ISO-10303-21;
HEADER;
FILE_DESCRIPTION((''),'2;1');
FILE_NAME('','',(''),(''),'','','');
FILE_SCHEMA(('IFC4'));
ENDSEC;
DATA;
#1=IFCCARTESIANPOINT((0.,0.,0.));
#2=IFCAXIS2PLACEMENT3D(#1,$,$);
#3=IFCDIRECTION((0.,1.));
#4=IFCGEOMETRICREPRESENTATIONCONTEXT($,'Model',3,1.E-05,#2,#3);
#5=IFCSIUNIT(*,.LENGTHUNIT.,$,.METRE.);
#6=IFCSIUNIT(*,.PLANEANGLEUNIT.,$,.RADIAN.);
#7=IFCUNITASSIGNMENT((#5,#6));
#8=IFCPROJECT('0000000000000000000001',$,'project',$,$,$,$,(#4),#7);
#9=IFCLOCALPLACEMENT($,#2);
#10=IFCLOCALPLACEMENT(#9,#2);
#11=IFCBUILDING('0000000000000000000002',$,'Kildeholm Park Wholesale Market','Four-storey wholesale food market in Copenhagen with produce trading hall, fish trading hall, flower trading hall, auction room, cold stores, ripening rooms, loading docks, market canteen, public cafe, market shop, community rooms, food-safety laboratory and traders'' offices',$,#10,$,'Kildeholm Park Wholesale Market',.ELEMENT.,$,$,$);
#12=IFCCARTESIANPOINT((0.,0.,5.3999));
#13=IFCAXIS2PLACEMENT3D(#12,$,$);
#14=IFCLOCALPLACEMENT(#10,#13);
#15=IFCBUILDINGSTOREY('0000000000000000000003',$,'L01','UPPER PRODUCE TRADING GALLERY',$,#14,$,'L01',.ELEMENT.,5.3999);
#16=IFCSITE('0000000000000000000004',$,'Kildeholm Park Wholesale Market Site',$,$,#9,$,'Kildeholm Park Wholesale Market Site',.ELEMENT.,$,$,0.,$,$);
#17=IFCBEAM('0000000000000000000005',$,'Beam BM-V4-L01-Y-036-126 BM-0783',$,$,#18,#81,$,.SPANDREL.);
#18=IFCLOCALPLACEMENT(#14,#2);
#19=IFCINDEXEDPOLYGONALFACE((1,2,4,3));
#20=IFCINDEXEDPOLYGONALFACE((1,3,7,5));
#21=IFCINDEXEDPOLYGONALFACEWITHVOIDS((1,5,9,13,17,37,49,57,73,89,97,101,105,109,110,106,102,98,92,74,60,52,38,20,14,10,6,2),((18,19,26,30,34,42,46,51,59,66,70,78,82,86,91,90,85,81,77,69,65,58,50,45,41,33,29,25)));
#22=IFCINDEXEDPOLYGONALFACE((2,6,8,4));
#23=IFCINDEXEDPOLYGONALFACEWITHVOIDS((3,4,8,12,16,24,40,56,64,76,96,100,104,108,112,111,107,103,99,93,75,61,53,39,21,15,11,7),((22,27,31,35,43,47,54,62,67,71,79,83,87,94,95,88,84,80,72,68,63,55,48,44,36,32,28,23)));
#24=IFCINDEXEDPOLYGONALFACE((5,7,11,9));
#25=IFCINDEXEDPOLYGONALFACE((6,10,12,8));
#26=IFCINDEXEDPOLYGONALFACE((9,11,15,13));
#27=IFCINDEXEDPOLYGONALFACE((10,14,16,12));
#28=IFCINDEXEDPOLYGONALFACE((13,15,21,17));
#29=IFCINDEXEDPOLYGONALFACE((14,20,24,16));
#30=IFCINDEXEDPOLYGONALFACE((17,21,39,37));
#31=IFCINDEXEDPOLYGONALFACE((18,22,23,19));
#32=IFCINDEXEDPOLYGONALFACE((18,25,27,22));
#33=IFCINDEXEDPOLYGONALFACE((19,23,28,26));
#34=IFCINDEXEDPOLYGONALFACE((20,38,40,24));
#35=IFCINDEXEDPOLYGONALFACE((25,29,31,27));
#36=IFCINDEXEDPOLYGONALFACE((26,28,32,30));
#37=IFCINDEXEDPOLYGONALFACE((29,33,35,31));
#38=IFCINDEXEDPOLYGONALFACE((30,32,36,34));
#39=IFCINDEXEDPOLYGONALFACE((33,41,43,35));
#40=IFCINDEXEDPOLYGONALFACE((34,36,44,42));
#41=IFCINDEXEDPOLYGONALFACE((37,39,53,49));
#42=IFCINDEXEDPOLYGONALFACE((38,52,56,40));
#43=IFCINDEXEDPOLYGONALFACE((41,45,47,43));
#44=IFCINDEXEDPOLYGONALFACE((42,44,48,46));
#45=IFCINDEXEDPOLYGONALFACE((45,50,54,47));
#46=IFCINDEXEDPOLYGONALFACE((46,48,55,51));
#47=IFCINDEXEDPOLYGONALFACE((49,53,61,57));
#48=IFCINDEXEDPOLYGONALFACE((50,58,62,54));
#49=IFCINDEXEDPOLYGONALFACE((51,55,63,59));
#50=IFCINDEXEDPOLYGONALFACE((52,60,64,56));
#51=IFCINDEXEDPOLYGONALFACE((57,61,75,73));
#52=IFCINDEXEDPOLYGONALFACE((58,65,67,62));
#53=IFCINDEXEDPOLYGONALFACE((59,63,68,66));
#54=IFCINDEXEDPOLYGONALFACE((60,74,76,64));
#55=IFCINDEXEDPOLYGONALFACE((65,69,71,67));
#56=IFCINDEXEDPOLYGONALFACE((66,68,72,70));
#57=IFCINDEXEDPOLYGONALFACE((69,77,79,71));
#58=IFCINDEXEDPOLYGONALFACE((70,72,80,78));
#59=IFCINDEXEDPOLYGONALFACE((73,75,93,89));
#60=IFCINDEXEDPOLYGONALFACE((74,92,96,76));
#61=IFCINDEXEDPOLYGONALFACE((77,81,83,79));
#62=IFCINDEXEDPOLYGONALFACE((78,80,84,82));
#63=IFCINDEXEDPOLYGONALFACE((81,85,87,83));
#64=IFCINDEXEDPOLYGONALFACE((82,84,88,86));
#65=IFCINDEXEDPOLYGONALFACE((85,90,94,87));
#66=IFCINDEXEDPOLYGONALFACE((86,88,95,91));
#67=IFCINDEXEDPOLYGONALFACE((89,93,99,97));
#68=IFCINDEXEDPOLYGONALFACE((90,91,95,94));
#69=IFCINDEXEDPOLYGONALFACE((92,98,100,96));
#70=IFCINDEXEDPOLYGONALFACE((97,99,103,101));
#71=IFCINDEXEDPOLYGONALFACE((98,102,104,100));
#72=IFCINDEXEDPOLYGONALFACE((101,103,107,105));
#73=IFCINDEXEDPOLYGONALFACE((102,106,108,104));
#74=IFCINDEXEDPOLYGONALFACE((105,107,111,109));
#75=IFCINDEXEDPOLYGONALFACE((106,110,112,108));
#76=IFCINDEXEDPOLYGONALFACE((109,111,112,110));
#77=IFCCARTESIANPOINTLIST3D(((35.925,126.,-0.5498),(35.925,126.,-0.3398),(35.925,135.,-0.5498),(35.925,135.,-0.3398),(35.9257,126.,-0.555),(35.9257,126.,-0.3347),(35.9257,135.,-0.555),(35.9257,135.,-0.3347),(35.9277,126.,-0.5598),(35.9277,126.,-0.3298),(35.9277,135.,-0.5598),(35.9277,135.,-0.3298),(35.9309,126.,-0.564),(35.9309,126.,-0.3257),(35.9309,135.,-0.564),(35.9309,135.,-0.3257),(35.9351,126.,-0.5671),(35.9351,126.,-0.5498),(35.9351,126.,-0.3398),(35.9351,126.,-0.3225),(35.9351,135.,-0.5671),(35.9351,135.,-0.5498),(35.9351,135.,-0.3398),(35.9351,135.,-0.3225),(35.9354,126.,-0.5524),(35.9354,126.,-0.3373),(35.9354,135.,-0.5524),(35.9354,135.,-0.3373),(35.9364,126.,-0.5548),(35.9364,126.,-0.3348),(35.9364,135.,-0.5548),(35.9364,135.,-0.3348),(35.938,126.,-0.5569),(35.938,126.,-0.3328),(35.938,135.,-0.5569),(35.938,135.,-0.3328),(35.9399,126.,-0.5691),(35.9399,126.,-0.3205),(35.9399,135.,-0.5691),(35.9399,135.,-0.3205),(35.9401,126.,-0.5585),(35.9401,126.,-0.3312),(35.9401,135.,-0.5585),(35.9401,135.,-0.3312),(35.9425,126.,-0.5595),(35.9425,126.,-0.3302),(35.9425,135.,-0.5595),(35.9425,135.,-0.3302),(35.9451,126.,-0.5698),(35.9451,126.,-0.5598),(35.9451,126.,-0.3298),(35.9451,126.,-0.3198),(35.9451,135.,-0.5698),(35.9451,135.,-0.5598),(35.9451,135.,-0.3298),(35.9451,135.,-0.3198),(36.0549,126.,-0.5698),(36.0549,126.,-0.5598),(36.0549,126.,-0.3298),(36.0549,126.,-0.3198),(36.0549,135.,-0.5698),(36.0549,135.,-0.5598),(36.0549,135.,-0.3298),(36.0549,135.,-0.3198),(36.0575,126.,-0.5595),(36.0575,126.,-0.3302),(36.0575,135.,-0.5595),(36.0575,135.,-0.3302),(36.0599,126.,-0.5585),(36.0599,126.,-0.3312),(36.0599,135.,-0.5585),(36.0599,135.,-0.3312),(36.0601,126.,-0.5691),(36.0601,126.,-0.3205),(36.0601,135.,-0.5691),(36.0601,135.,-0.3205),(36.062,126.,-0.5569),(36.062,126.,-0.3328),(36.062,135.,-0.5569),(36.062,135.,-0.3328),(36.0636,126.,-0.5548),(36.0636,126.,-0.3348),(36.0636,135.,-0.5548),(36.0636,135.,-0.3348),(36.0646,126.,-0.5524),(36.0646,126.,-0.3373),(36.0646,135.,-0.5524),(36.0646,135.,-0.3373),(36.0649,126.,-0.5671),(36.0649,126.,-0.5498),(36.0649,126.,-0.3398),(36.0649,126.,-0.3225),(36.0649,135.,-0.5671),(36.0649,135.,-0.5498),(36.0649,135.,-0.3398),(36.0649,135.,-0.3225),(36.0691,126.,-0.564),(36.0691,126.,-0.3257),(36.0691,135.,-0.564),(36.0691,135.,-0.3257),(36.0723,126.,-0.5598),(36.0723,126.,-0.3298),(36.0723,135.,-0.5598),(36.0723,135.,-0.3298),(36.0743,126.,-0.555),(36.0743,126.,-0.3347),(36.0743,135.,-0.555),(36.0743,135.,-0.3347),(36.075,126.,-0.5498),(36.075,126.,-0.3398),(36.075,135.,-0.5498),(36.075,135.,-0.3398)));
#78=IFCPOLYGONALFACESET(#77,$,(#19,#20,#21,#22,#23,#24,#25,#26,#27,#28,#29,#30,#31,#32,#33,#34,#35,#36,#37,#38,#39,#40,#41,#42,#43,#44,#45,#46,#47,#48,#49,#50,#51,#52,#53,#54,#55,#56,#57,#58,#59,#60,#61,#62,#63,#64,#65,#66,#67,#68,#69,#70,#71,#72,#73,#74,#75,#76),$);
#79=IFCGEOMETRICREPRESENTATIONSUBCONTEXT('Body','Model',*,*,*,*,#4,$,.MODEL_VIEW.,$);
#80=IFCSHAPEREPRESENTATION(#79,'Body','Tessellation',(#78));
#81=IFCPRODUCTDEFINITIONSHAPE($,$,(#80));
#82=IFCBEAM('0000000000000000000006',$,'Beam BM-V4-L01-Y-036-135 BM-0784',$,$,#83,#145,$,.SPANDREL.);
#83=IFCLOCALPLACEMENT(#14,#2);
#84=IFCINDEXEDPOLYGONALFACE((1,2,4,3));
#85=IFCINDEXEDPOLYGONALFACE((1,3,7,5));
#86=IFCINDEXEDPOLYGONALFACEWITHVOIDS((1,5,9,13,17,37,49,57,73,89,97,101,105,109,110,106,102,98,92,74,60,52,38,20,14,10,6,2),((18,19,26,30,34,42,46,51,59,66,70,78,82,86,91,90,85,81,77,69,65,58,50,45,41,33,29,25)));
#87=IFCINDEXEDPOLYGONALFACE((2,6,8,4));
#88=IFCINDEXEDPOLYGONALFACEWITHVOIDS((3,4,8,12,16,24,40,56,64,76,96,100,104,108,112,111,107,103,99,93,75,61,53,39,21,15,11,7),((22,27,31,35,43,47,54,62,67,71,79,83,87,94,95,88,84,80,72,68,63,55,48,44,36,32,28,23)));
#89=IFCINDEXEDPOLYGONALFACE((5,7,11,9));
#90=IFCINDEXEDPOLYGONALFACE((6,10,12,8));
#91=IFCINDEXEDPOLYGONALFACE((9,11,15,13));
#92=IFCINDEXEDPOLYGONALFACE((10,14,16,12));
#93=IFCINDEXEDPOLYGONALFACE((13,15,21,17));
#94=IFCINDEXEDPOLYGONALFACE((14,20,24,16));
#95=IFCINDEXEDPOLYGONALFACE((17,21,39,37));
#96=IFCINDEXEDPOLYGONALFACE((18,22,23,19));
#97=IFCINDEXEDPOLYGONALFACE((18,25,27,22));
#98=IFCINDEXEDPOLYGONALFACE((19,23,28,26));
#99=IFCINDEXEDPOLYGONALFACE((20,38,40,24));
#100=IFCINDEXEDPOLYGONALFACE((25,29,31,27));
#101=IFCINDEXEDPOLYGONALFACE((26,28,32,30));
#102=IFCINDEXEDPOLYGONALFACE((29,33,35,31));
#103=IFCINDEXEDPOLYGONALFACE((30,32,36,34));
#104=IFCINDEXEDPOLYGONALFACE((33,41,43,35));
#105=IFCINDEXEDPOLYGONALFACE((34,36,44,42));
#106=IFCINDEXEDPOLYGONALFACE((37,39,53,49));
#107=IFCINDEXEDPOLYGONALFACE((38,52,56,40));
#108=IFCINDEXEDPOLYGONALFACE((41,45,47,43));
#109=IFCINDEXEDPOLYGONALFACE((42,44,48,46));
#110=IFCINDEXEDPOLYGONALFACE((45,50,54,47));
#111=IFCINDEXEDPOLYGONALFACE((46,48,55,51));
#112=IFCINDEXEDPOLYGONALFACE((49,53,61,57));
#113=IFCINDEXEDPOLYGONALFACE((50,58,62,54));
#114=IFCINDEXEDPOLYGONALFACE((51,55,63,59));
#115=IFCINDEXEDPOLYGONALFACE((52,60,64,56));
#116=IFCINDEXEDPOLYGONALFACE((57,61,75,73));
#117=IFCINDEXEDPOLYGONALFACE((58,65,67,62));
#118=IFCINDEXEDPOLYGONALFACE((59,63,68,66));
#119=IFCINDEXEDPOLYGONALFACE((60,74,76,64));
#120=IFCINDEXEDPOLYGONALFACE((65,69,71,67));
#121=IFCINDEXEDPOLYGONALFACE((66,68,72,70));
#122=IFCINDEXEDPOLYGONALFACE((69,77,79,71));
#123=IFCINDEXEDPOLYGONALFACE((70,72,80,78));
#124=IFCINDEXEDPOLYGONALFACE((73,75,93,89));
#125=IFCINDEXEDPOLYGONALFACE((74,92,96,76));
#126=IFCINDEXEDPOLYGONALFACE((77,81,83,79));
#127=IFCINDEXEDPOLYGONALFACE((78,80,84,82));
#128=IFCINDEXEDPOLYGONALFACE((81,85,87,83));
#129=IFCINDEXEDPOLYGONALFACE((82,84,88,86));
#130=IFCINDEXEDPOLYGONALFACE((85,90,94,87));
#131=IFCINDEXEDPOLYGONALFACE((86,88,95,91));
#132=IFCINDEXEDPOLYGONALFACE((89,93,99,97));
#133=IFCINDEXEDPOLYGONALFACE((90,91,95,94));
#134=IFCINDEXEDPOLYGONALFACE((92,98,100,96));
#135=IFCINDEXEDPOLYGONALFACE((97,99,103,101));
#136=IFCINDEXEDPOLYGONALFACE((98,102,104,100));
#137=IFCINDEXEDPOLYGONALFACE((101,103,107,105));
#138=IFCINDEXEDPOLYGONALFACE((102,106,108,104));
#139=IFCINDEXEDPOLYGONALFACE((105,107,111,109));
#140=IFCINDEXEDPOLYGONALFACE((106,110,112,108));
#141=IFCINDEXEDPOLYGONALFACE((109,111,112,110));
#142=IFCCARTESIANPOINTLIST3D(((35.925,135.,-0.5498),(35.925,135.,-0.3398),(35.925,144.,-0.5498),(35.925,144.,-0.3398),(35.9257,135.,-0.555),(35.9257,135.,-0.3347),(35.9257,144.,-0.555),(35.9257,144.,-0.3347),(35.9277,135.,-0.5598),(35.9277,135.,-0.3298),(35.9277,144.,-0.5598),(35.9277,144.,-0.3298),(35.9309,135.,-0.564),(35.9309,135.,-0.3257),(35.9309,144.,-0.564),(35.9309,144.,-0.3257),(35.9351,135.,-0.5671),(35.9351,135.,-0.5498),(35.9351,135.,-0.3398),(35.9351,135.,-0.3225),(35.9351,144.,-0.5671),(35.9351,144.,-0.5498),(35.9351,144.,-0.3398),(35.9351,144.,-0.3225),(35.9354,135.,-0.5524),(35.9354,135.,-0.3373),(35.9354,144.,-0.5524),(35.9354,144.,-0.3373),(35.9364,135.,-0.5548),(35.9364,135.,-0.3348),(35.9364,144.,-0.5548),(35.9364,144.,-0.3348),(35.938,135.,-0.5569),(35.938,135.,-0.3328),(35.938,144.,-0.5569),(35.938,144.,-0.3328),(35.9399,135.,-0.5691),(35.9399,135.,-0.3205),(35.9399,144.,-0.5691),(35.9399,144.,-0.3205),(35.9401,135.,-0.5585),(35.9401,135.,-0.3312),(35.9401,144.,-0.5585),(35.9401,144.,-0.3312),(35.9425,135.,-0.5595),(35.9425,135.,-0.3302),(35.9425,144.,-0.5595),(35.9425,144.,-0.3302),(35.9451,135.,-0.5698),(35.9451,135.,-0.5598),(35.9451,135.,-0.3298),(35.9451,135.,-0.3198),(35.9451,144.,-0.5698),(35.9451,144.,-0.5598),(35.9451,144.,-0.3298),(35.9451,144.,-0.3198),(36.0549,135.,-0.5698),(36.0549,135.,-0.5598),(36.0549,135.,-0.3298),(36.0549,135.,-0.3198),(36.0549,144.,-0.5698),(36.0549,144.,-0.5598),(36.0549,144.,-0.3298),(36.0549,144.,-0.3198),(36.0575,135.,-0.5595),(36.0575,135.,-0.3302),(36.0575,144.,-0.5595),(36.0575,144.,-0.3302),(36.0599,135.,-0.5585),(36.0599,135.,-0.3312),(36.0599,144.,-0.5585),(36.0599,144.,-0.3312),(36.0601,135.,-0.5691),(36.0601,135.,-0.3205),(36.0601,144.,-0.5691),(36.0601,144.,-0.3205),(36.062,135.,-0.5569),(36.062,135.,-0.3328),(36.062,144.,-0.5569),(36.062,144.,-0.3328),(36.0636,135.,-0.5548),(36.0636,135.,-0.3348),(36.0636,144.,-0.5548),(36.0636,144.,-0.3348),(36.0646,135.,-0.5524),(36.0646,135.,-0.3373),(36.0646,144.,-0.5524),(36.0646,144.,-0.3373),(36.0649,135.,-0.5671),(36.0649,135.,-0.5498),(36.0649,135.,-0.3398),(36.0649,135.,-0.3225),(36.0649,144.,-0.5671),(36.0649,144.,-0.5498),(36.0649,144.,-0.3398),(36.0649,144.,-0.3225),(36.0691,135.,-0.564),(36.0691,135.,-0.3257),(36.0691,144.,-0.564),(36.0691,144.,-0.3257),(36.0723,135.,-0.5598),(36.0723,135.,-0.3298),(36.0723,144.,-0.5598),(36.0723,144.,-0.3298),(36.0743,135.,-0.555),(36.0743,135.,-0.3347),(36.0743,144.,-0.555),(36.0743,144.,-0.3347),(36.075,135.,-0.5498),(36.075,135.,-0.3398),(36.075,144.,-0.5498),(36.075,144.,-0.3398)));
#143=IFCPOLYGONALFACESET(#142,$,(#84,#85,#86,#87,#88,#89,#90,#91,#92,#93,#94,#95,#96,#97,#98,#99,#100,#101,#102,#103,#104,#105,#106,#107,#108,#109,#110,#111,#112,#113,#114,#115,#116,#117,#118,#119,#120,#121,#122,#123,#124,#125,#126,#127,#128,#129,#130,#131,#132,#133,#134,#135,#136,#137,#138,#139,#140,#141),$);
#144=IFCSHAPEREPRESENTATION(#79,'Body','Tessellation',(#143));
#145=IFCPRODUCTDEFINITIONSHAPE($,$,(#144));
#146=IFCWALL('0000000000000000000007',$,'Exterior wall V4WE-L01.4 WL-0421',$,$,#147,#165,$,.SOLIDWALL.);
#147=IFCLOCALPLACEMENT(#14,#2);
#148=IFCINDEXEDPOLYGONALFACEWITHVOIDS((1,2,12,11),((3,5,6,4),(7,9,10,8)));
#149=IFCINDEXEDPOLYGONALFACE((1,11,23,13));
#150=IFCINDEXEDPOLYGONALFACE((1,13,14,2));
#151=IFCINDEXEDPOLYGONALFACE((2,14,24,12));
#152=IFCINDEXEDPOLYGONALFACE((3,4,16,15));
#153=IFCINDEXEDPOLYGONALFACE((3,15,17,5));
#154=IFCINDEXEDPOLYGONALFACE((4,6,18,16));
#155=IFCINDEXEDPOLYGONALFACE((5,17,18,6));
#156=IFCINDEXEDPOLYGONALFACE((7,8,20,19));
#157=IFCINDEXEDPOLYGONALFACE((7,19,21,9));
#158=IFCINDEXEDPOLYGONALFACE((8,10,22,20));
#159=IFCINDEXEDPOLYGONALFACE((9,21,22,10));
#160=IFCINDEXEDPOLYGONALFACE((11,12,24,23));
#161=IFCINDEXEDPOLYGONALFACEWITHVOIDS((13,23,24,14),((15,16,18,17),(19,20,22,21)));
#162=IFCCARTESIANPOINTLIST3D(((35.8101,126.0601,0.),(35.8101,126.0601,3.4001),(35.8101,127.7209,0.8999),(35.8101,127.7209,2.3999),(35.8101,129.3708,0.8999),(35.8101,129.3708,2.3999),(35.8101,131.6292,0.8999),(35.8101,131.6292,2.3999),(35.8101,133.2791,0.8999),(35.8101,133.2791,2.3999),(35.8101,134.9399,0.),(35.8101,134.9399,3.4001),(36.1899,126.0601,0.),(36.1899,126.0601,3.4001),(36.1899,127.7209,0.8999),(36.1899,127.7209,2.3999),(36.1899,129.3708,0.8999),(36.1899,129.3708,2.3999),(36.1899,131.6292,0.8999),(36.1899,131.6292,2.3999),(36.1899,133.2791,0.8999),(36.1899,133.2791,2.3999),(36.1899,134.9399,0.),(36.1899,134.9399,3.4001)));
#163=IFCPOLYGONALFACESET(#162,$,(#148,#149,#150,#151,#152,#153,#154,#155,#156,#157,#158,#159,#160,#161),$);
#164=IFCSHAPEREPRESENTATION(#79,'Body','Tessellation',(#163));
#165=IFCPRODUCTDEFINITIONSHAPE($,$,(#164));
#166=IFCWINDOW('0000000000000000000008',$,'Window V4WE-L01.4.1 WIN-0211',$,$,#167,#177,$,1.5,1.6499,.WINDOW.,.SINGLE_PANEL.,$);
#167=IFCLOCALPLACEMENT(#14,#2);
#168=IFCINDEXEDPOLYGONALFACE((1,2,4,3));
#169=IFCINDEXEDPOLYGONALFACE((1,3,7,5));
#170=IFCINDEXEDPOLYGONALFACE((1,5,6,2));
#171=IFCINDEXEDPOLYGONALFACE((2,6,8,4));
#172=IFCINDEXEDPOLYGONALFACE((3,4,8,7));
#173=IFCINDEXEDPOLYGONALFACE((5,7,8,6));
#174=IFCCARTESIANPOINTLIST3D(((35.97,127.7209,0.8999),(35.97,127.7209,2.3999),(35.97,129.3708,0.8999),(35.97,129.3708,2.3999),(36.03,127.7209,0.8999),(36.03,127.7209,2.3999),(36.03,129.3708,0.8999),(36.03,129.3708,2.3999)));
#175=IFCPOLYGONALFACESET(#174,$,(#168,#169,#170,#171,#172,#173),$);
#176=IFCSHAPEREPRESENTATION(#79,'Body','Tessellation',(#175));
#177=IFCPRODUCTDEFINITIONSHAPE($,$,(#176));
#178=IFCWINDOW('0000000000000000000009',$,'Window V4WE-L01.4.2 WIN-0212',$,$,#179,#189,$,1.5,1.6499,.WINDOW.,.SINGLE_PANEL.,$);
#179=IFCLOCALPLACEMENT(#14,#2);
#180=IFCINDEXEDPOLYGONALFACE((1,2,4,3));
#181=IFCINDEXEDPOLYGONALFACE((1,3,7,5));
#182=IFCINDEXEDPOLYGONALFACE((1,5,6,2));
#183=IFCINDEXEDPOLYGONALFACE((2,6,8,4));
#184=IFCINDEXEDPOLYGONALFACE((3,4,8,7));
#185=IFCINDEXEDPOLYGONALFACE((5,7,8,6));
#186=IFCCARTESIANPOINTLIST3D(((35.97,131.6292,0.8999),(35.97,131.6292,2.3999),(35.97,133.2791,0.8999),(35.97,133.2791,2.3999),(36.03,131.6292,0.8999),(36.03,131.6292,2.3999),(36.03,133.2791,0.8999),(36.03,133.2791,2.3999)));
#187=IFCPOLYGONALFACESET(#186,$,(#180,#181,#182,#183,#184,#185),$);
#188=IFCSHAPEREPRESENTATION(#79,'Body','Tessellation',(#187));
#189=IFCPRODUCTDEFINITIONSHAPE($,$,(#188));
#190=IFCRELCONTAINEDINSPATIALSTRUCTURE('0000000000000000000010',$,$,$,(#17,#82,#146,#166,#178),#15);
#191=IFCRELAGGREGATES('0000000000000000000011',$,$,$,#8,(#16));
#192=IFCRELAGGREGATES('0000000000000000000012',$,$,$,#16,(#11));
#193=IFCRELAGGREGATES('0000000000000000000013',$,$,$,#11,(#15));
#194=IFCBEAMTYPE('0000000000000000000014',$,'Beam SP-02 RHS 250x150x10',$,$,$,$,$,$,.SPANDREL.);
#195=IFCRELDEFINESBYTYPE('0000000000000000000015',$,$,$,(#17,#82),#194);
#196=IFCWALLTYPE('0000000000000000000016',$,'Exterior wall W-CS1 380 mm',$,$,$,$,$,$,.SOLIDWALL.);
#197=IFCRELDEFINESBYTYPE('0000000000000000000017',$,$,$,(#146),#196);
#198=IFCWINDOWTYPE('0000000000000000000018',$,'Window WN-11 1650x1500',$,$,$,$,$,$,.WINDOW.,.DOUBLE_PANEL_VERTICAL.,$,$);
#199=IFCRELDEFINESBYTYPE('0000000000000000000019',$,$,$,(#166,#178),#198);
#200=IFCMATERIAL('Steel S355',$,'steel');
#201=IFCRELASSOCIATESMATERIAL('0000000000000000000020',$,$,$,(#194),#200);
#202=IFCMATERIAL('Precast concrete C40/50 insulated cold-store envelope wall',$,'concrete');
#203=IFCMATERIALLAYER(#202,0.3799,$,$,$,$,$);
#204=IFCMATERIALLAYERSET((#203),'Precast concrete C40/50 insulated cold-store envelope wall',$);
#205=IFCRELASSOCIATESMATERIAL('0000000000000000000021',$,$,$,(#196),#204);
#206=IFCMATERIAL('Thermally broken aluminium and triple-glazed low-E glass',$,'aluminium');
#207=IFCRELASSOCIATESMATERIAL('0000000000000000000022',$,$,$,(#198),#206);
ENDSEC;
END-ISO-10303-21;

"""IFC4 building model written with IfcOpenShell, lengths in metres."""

from ifc_helpers import new_model, si_unit, direction, frame, frame_2d, origin, origin_2d, place, context, subcontext, project, spatial, rectangle, hollow_rectangle, extrude, material, layer, layer_set, material_profile, profile_set, type_object, element, fill, save


model = new_model("IFC4")

# Units and contexts
model_context = context("Model", 3, precision=1e-05, world=origin(), true_north=direction((0.0, 1.0)))
body_context = subcontext(model_context, "Body", "Model", "MODEL_VIEW")
ifc_project = project(units=[si_unit("LENGTHUNIT", "METRE"), si_unit("PLANEANGLEUNIT", "RADIAN")], contexts=[model_context])

# Site, building, storey
site_placement = place(None, origin())
site = spatial("IfcSite", under=ifc_project, at=site_placement, Name="Kildeholm Park Wholesale Market Site", LongName="Kildeholm Park Wholesale Market Site", CompositionType="ELEMENT", RefElevation=0.0)
building_placement = place(site_placement, origin())
building = spatial("IfcBuilding", under=site, at=building_placement, Name="Kildeholm Park Wholesale Market", Description="Four-storey wholesale food market in Copenhagen with produce trading hall, fish trading hall, flower trading hall, auction room, cold stores, ripening rooms, loading docks, market canteen, public cafe, market shop, community rooms, food-safety laboratory and traders' offices", LongName="Kildeholm Park Wholesale Market", CompositionType="ELEMENT")
storey_placement = place(building_placement, frame((0.0, 0.0, 5.3999)))
storey = spatial("IfcBuildingStorey", under=building, at=storey_placement, Name="L01", Description="UPPER PRODUCE TRADING GALLERY", LongName="L01", CompositionType="ELEMENT", Elevation=5.3999)

# Beams
ifc_material_1 = material(Name="Steel S355", Category="steel")
ifc_material_profile_1 = material_profile(ifc_material_1, hollow_rectangle(XDim=0.1499, YDim=0.25, WallThickness=0.01, InnerFilletRadius=0.01, OuterFilletRadius=0.02, at=origin_2d()), Name="RHS 250x150x10")
ifc_profile_set_1 = profile_set([ifc_material_profile_1], Name="Steel S355")
beam_type_1 = type_object("IfcBeamType", Name="Beam SP-02 RHS 250x150x10", PredefinedType="SPANDREL", material=ifc_profile_set_1)
for number, where, z_axis, x_axis, name in (
    (1, (36.0, 126.0, -0.4448), (0.0, 1.0, 0.0), (-1.0, 0.0, 0.0), "Beam BM-V4-L01-Y-036-126 BM-0783"),
    (2, (36.0, 135.0, -0.4448), (0.0, 1.0, 0.0), (-1.0, 0.0, 0.0), "Beam BM-V4-L01-Y-036-135 BM-0784"),
):
    element("IfcBeam", number, at=place(storey_placement, frame(where, z_axis=z_axis, x_axis=x_axis)), inside=storey, type_object=beam_type_1, Name=name, PredefinedType="SPANDREL", context=body_context, shape_type="SweptSolid", body=[
        extrude(hollow_rectangle(XDim=0.1499, YDim=0.25, WallThickness=0.01, InnerFilletRadius=0.01, OuterFilletRadius=0.02, at=origin_2d()), origin(), (0.0, 0.0, 1.0), 9.0),
    ])

# Wall, openings, windows
ifc_material_2 = material(Name="Precast concrete C40/50 insulated cold-store envelope wall", Category="concrete")
ifc_layer_1 = layer(ifc_material_2, 0.3799)
ifc_layer_set_1 = layer_set([ifc_layer_1], Name="Precast concrete C40/50 insulated cold-store envelope wall")
wall_type = type_object("IfcWallType", Name="Exterior wall W-CS1 380 mm", PredefinedType="SOLIDWALL", material=ifc_layer_set_1)
wall_1_placement = place(storey_placement, frame((36.0, 126.0601, 0.0), z_axis=(0.0, 0.0, 1.0), x_axis=(0.0, 1.0, 0.0)))
wall_1 = element("IfcWall", 3, at=wall_1_placement, inside=storey, type_object=wall_type, Name="Exterior wall V4WE-L01.4 WL-0421", PredefinedType="SOLIDWALL", context=body_context, shape_type="SweptSolid", body=[
    extrude(rectangle(XDim=8.8799, YDim=0.3799, at=frame_2d((4.4399, 0.0))), origin(), (0.0, 0.0, 1.0), 3.4001),
])
opening_1_placement = place(wall_1_placement, frame((1.6609, 0.0, 0.8999)))
opening_1 = element("IfcOpeningElement", 4, at=opening_1_placement, cuts=wall_1, PredefinedType="OPENING", context=body_context, shape_type="SweptSolid", body=[
    extrude(rectangle(XDim=1.6499, YDim=1.5, at=frame_2d((0.825, 0.75))), frame((0.0, 0.2, 0.0), z_axis=(0.0, -1.0, 0.0), x_axis=(1.0, 0.0, 0.0)), (0.0, 0.0, 1.0), 0.3999),
])
opening_2_placement = place(wall_1_placement, frame((5.5691, 0.0, 0.8999)))
opening_2 = element("IfcOpeningElement", 5, at=opening_2_placement, cuts=wall_1, PredefinedType="OPENING", context=body_context, shape_type="SweptSolid", body=[
    extrude(rectangle(XDim=1.6499, YDim=1.5, at=frame_2d((0.825, 0.75))), frame((0.0, 0.2, 0.0), z_axis=(0.0, -1.0, 0.0), x_axis=(1.0, 0.0, 0.0)), (0.0, 0.0, 1.0), 0.3999),
])
ifc_material_3 = material(Name="Thermally broken aluminium and triple-glazed low-E glass", Category="aluminium")
window_type = type_object("IfcWindowType", Name="Window WN-11 1650x1500", PartitioningType="DOUBLE_PANEL_VERTICAL", PredefinedType="WINDOW", material=ifc_material_3)
window_1_placement = place(opening_1_placement, origin())
window_1 = element("IfcWindow", 6, at=window_1_placement, inside=storey, type_object=window_type, Name="Window V4WE-L01.4.1 WIN-0211", OverallHeight=1.5, OverallWidth=1.6499, PartitioningType="SINGLE_PANEL", PredefinedType="WINDOW", context=body_context, shape_type="SweptSolid", body=[
    extrude(rectangle(XDim=1.6499, YDim=1.5, at=frame_2d((0.825, 0.75))), frame((0.0, 0.03, 0.0), z_axis=(0.0, -1.0, 0.0), x_axis=(1.0, 0.0, 0.0)), (0.0, 0.0, 1.0), 0.0601),
])
fill(opening_1, window_1)
window_2_placement = place(opening_2_placement, origin())
window_2 = element("IfcWindow", 7, at=window_2_placement, inside=storey, type_object=window_type, Name="Window V4WE-L01.4.2 WIN-0212", OverallHeight=1.5, OverallWidth=1.6499, PartitioningType="SINGLE_PANEL", PredefinedType="WINDOW", context=body_context, shape_type="SweptSolid", body=[
    extrude(rectangle(XDim=1.6499, YDim=1.5, at=frame_2d((0.825, 0.75))), frame((0.0, 0.03, 0.0), z_axis=(0.0, -1.0, 0.0), x_axis=(1.0, 0.0, 0.0)), (0.0, 0.0, 1.0), 0.0601),
])
fill(opening_2, window_2)

save(model, "model.ifc")
